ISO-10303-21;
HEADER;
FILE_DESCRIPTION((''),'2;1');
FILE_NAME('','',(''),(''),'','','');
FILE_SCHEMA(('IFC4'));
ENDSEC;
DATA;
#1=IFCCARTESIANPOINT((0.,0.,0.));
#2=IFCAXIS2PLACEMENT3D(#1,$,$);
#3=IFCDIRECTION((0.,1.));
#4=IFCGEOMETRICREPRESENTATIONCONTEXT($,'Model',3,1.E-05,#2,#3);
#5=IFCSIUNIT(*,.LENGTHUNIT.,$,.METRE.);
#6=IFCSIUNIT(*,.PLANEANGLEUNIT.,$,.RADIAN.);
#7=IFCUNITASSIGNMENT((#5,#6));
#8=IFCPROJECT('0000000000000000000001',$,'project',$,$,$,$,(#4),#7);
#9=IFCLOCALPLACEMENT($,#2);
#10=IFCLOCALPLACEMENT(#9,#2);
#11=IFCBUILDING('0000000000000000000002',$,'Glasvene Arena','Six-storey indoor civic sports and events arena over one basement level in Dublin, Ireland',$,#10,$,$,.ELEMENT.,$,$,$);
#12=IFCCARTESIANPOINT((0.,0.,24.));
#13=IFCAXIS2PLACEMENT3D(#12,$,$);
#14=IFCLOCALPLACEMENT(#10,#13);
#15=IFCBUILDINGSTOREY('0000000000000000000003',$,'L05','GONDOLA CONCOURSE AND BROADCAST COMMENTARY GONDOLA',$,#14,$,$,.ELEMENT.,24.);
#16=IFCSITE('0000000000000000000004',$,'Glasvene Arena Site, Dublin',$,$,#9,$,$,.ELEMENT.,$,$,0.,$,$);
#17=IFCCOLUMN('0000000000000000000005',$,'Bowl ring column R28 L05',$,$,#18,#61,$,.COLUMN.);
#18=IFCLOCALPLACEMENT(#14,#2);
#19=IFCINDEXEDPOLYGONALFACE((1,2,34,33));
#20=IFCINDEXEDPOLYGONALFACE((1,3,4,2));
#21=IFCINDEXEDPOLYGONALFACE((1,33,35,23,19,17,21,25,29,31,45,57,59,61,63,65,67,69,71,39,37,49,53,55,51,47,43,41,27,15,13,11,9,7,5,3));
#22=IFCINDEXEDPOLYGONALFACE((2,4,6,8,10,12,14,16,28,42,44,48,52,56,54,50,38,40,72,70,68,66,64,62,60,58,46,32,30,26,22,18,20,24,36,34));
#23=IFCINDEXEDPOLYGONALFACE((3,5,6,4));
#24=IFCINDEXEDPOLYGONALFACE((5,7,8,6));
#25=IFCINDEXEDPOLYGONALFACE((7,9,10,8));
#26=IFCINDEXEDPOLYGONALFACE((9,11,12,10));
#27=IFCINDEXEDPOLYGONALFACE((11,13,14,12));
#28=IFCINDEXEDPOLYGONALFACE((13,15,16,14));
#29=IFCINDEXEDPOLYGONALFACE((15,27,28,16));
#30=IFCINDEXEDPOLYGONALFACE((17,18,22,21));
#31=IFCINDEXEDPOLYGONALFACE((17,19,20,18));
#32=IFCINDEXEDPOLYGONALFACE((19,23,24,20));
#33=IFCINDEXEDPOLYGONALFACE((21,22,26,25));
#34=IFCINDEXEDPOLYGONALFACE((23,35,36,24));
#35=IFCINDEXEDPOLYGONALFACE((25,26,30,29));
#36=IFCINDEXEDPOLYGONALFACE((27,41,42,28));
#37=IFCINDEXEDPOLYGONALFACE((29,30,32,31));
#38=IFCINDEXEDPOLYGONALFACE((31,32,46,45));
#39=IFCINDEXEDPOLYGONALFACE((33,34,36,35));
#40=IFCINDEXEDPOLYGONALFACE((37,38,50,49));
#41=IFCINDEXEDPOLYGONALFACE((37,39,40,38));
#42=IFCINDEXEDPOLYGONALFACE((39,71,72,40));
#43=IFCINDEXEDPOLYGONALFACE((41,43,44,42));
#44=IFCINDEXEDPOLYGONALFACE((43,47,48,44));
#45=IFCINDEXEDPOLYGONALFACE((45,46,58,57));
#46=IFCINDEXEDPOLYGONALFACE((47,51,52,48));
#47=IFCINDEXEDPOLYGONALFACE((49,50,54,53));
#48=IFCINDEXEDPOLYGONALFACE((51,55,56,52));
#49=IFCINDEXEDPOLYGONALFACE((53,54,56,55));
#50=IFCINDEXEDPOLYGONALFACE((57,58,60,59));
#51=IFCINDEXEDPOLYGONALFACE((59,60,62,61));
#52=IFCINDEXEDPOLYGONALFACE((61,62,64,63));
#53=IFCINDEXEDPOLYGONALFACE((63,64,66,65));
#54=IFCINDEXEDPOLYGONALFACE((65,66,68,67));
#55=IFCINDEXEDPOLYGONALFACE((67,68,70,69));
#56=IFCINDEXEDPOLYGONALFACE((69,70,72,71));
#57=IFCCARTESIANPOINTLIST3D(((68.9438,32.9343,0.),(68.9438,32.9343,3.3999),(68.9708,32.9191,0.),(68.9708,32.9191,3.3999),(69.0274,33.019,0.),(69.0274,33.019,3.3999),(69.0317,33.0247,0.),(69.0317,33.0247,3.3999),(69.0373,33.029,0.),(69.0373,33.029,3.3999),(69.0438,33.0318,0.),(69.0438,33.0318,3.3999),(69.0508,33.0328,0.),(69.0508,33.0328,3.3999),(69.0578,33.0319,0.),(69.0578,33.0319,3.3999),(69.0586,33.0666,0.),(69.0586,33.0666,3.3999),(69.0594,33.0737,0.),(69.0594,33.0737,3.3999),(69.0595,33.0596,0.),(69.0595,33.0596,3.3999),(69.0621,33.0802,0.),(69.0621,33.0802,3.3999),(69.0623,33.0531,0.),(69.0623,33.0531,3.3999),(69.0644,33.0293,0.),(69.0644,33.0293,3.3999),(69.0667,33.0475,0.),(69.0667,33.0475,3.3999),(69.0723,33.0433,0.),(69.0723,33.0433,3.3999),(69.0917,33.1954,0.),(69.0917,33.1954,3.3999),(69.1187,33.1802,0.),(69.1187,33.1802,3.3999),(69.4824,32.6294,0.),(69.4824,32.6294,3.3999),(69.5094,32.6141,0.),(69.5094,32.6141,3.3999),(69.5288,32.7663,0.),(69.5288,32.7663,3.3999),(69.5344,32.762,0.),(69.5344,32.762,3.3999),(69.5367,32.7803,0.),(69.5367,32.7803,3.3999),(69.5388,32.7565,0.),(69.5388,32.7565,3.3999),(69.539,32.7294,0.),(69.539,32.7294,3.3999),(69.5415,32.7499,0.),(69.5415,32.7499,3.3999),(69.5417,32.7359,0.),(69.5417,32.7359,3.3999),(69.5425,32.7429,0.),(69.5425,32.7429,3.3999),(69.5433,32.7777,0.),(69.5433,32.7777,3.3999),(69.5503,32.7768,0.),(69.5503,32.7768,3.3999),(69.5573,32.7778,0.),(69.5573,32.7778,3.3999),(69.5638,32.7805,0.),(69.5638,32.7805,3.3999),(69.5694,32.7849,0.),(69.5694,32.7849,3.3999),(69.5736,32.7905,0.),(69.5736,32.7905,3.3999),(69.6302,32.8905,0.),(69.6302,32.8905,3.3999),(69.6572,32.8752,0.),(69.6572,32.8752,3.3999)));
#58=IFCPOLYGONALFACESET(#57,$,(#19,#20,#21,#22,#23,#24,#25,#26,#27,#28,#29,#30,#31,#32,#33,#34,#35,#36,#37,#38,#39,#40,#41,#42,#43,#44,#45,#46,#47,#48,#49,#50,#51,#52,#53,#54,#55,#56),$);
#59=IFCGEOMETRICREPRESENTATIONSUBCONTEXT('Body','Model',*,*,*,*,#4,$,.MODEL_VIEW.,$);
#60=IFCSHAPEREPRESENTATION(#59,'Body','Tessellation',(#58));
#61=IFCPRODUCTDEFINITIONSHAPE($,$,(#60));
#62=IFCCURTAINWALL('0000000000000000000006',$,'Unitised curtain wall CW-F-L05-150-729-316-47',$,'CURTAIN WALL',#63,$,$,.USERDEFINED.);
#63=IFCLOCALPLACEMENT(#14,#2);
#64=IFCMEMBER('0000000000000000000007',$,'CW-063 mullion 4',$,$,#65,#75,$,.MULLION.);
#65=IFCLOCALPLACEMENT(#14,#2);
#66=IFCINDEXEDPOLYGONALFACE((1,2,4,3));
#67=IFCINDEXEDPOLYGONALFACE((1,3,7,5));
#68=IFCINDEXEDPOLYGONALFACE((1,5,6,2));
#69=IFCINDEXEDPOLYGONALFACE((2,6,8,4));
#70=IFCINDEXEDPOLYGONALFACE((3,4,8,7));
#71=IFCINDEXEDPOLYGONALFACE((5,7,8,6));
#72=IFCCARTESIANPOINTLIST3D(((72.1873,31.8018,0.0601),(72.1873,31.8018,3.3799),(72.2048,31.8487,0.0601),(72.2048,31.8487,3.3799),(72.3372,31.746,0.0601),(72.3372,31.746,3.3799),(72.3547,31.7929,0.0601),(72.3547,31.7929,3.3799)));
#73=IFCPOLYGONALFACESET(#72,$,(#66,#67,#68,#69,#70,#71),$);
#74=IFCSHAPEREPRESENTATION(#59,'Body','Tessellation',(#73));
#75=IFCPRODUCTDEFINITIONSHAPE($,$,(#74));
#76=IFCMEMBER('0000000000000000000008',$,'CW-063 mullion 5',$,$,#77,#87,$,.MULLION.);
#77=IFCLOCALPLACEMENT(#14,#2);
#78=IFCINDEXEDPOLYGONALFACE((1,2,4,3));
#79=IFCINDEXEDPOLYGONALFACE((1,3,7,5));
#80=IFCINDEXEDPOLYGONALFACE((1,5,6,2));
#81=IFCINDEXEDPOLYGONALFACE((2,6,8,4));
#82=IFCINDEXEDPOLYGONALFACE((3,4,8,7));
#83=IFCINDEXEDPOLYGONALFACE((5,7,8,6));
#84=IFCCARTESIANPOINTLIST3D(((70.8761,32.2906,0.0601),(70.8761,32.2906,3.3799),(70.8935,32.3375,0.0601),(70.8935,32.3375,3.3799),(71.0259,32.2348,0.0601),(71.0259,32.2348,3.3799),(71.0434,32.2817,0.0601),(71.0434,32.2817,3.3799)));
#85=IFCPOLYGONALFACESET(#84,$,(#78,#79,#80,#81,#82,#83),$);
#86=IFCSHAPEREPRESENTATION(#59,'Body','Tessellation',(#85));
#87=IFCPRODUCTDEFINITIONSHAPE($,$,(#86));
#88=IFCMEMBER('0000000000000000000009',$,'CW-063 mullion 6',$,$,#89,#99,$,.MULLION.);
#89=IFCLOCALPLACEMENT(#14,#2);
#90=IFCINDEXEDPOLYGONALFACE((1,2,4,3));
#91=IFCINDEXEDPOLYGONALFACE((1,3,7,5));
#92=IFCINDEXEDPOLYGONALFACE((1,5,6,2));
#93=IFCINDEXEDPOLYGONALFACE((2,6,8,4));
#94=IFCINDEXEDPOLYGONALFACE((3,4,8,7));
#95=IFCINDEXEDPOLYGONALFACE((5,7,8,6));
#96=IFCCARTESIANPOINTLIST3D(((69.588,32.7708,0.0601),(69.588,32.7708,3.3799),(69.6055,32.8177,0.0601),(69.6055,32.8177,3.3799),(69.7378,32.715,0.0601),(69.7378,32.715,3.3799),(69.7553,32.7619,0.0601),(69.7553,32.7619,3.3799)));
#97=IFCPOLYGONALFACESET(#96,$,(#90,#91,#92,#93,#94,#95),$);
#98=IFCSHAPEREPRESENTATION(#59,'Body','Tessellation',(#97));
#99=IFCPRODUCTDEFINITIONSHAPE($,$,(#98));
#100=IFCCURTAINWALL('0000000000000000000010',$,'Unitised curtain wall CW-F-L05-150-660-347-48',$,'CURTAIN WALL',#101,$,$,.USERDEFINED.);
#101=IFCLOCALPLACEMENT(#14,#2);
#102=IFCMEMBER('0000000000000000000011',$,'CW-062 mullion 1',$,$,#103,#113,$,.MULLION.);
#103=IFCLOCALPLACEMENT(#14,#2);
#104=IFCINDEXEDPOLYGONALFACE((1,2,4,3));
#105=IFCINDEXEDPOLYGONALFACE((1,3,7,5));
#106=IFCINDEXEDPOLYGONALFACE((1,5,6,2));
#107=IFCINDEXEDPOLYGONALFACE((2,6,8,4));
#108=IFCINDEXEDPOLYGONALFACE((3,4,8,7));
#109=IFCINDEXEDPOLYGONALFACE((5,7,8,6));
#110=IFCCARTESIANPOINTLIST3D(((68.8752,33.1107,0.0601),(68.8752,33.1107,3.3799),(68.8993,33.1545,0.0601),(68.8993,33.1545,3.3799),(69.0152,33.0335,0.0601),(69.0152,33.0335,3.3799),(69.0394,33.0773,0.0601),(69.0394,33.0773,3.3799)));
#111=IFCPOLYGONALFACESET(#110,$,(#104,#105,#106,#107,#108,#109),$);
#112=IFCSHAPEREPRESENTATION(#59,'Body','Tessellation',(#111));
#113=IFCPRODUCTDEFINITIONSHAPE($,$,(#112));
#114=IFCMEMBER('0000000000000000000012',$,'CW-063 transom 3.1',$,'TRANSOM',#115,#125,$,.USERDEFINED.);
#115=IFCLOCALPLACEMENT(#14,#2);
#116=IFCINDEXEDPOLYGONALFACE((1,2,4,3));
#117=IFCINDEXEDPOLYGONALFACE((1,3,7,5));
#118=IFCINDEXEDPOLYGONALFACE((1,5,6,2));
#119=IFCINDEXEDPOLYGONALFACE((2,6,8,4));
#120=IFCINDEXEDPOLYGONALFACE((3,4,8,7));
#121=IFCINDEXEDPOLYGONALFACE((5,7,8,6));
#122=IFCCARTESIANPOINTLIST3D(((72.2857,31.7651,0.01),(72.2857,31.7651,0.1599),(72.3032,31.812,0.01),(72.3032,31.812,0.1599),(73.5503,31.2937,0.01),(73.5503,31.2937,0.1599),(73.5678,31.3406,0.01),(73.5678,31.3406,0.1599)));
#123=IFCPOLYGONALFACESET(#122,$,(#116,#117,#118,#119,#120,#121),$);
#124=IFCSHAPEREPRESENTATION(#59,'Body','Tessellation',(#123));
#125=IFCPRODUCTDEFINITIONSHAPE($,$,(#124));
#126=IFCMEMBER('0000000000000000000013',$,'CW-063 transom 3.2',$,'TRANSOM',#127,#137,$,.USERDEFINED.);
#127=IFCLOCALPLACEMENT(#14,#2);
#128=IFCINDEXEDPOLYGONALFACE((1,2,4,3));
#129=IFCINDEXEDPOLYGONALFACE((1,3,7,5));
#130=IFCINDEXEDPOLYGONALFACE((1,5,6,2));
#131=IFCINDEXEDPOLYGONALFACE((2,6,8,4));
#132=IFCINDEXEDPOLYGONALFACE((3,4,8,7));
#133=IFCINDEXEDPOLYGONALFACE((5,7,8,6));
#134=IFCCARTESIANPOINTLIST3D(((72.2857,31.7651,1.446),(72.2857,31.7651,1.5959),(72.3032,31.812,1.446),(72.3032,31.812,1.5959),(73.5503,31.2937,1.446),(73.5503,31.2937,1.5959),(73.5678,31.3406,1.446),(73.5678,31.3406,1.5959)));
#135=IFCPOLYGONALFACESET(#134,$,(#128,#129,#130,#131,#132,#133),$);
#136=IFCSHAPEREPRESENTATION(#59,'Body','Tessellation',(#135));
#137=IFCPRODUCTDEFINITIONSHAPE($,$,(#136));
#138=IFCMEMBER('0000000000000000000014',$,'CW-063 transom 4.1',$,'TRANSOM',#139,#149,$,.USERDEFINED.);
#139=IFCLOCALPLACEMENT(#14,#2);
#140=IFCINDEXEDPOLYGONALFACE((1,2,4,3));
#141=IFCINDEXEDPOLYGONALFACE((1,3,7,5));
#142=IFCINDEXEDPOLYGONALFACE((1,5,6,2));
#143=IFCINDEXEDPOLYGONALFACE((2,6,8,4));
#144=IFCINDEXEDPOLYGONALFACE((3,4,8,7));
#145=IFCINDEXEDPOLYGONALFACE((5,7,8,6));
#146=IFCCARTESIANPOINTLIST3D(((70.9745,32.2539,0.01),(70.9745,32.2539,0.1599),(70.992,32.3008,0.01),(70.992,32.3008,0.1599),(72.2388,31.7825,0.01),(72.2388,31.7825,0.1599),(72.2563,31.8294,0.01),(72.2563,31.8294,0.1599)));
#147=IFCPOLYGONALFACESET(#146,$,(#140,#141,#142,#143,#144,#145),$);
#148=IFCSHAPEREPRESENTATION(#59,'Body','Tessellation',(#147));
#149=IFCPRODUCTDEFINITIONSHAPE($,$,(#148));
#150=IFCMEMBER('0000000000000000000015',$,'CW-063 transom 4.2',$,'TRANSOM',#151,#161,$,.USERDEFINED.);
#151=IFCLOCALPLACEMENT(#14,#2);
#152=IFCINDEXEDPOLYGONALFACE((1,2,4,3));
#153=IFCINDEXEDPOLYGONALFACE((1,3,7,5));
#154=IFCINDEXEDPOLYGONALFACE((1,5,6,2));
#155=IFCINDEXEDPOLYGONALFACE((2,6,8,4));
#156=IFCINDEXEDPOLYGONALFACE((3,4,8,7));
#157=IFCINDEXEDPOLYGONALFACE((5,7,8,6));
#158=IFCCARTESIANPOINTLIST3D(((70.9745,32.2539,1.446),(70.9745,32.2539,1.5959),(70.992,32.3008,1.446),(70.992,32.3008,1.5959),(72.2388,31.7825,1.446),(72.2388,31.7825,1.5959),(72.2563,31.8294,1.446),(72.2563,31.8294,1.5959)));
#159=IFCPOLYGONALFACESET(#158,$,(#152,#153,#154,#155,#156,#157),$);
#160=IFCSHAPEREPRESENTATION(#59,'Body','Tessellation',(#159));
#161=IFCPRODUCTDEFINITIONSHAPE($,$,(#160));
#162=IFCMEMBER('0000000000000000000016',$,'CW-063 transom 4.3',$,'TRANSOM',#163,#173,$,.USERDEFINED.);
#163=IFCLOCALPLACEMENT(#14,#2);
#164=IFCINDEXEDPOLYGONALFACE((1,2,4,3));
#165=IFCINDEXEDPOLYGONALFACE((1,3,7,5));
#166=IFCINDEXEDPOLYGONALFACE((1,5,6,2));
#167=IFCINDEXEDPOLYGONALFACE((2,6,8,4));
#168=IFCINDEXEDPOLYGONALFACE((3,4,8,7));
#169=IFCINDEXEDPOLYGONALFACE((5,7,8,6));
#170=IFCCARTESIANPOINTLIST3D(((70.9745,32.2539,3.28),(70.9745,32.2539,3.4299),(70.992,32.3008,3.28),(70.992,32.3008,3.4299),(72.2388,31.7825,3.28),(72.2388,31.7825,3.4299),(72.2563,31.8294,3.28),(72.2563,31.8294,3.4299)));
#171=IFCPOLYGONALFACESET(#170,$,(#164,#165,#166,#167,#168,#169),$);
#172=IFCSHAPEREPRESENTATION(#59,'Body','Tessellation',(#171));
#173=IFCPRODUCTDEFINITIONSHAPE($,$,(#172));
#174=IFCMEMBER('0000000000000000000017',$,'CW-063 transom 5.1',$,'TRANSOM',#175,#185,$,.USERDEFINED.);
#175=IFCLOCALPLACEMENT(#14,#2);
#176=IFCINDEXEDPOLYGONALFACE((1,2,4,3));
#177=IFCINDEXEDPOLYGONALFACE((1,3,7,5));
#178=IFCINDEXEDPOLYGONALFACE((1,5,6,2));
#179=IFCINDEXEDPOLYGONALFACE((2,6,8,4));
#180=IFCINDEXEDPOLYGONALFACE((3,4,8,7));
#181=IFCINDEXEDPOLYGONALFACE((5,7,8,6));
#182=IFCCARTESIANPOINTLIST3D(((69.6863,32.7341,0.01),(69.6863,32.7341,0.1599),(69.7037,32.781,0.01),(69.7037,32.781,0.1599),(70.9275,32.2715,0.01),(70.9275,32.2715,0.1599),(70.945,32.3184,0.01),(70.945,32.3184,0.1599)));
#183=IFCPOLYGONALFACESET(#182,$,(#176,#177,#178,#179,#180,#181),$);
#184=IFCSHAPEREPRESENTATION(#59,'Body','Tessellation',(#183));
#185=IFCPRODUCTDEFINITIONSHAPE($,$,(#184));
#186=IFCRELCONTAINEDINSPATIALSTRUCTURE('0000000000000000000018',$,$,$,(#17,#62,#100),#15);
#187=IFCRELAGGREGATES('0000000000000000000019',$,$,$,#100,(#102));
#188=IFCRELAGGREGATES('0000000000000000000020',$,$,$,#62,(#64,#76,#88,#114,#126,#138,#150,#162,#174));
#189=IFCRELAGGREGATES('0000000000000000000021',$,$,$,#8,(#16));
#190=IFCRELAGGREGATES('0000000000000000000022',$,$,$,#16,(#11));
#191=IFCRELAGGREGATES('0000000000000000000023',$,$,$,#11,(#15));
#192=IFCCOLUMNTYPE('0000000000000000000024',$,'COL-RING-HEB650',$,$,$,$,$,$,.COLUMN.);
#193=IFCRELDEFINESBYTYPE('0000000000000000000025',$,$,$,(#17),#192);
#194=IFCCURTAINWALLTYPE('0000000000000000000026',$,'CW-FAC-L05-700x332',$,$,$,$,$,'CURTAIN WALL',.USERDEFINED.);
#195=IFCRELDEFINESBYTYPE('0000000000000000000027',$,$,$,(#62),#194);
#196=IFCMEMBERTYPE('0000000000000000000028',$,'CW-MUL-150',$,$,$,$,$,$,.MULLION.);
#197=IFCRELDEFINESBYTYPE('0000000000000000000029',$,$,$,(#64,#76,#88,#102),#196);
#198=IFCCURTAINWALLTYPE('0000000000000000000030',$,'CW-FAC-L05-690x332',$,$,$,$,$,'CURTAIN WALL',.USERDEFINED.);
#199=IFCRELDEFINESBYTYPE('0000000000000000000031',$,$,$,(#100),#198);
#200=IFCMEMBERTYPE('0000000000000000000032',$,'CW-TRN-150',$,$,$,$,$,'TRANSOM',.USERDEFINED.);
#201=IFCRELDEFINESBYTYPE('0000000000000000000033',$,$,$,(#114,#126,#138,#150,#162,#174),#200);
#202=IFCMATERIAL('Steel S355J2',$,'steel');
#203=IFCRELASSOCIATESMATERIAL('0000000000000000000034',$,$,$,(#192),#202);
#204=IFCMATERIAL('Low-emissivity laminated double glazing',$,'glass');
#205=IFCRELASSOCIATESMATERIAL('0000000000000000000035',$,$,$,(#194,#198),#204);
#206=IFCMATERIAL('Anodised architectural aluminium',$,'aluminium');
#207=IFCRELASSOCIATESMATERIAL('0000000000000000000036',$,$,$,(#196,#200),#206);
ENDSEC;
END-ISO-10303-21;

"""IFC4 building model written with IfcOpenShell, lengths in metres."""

from ifc_helpers import new_model, si_unit, direction, frame, origin, origin_2d, place, context, subcontext, project, spatial, rectangle, i_section, extrude, material, material_profile, profile_set, type_object, element, aggregate, save


model = new_model("IFC4")

# Units and contexts
model_context = context("Model", 3, precision=1e-05, world=origin(), true_north=direction((0.0, 1.0)))
body_context = subcontext(model_context, "Body", "Model", "MODEL_VIEW")
ifc_project = project(units=[si_unit("LENGTHUNIT", "METRE"), si_unit("PLANEANGLEUNIT", "RADIAN")], contexts=[model_context])

# Site, building, storey
site_placement = place(None, origin())
site = spatial("IfcSite", under=ifc_project, at=site_placement, Name="Glasvene Arena Site, Dublin", CompositionType="ELEMENT", RefElevation=0.0)
building_placement = place(site_placement, origin())
building = spatial("IfcBuilding", under=site, at=building_placement, Name="Glasvene Arena", Description="Six-storey indoor civic sports and events arena over one basement level in Dublin, Ireland", CompositionType="ELEMENT")
storey_placement = place(building_placement, frame((0.0, 0.0, 24.0)))
storey = spatial("IfcBuildingStorey", under=building, at=storey_placement, Name="L05", Description="GONDOLA CONCOURSE AND BROADCAST COMMENTARY GONDOLA", CompositionType="ELEMENT", Elevation=24.0)

# Column
ifc_material_1 = material(Name="Steel S355J2", Category="steel")
ifc_material_profile_1 = material_profile(ifc_material_1, i_section(OverallWidth=0.3, OverallDepth=0.6499, WebThickness=0.0161, FlangeThickness=0.031, FilletRadius=0.0271, at=origin_2d()), Name="HEB 650")
ifc_profile_set_1 = profile_set([ifc_material_profile_1], Name="Steel S355J2")
column_type = type_object("IfcColumnType", Name="COL-RING-HEB650", PredefinedType="COLUMN", material=ifc_profile_set_1)
column_placement = place(storey_placement, frame((69.3005, 32.9048, 0.0), z_axis=(0.0, 0.0, 1.0), x_axis=(-0.492727, -0.870184, 0.0)))
element("IfcColumn", 1, at=column_placement, inside=storey, type_object=column_type, Name="Bowl ring column R28 L05", PredefinedType="COLUMN", context=body_context, shape_type="SweptSolid", body=[
    extrude(i_section(OverallWidth=0.3, OverallDepth=0.6499, WebThickness=0.0161, FlangeThickness=0.031, FilletRadius=0.0271, at=origin_2d()), origin(), (0.0, 0.0, 1.0), 3.3999),
])

# Curtain wall, members
ifc_material_2 = material(Name="Low-emissivity laminated double glazing", Category="glass")
curtain_wall_type_1 = type_object("IfcCurtainWallType", Name="CW-FAC-L05-700x332", ElementType="CURTAIN WALL", PredefinedType="USERDEFINED", material=ifc_material_2)
curtain_wall_1_placement = place(storey_placement, frame((76.2053, 30.3308, 0.0)))
curtain_wall_1 = element("IfcCurtainWall", 2, at=curtain_wall_1_placement, inside=storey, type_object=curtain_wall_type_1, Name="Unitised curtain wall CW-F-L05-150-729-316-47", ObjectType="CURTAIN WALL", PredefinedType="USERDEFINED")
ifc_material_3 = material(Name="Anodised architectural aluminium", Category="aluminium")
ifc_material_profile_2 = material_profile(ifc_material_3, rectangle(XDim=0.05, YDim=0.1599, at=origin_2d()), Name="ALU MULLION 50x160")
ifc_profile_set_2 = profile_set([ifc_material_profile_2], Name="Anodised architectural aluminium")
member_type_1 = type_object("IfcMemberType", Name="CW-MUL-150", PredefinedType="MULLION", material=ifc_profile_set_2)
member_1_placement = place(storey_placement, frame((72.271, 31.7974, 0.0601), z_axis=(0.0, 0.0, 1.0), x_axis=(-0.349297, -0.937012, 0.0)))
member_1 = element("IfcMember", 3, at=member_1_placement, type_object=member_type_1, Name="CW-063 mullion 4", PredefinedType="MULLION", context=body_context, shape_type="SweptSolid", body=[
    extrude(rectangle(XDim=0.05, YDim=0.1599, at=origin_2d()), origin(), (0.0, 0.0, 1.0), 3.3198),
])
member_2_placement = place(storey_placement, frame((70.9597, 32.2861, 0.0601), z_axis=(0.0, 0.0, 1.0), x_axis=(-0.349297, -0.937012, 0.0)))
member_2 = element("IfcMember", 4, at=member_2_placement, type_object=member_type_1, Name="CW-063 mullion 5", PredefinedType="MULLION", context=body_context, shape_type="SweptSolid", body=[
    extrude(rectangle(XDim=0.05, YDim=0.1599, at=origin_2d()), origin(), (0.0, 0.0, 1.0), 3.3198),
])
member_3_placement = place(storey_placement, frame((69.6716, 32.7664, 0.0601), z_axis=(0.0, 0.0, 1.0), x_axis=(-0.349297, -0.937012, 0.0)))
member_3 = element("IfcMember", 5, at=member_3_placement, type_object=member_type_1, Name="CW-063 mullion 6", PredefinedType="MULLION", context=body_context, shape_type="SweptSolid", body=[
    extrude(rectangle(XDim=0.05, YDim=0.1599, at=origin_2d()), origin(), (0.0, 0.0, 1.0), 3.3198),
])

# Curtain wall, member
curtain_wall_type_2 = type_object("IfcCurtainWallType", Name="CW-FAC-L05-690x332", ElementType="CURTAIN WALL", PredefinedType="USERDEFINED", material=ifc_material_2)
curtain_wall_2_placement = place(storey_placement, frame((68.979, 33.0818, 0.0)))
curtain_wall_2 = element("IfcCurtainWall", 6, at=curtain_wall_2_placement, inside=storey, type_object=curtain_wall_type_2, Name="Unitised curtain wall CW-F-L05-150-660-347-48", ObjectType="CURTAIN WALL", PredefinedType="USERDEFINED")
member_4_placement = place(storey_placement, frame((68.9573, 33.094, 0.0601), z_axis=(0.0, 0.0, 1.0), x_axis=(-0.482939, -0.875654, 0.0)))
member_4 = element("IfcMember", 7, at=member_4_placement, type_object=member_type_1, Name="CW-062 mullion 1", PredefinedType="MULLION", context=body_context, shape_type="SweptSolid", body=[
    extrude(rectangle(XDim=0.05, YDim=0.1599, at=origin_2d()), origin(), (0.0, 0.0, 1.0), 3.3198),
])

# Members
ifc_material_profile_3 = material_profile(ifc_material_3, rectangle(XDim=0.05, YDim=0.1499, at=origin_2d()), Name="ALU TRANSOM 50x150")
ifc_profile_set_3 = profile_set([ifc_material_profile_3], Name="Anodised architectural aluminium")
member_type_2 = type_object("IfcMemberType", Name="CW-TRN-150", ElementType="TRANSOM", PredefinedType="USERDEFINED", material=ifc_profile_set_3)
member_5_placement = place(storey_placement, frame((73.5591, 31.3171, 0.085), z_axis=(-0.937011, 0.349299, 0.0), x_axis=(-0.349299, -0.937011, 0.0)))
member_5 = element("IfcMember", 8, at=member_5_placement, type_object=member_type_2, Name="CW-063 transom 3.1", ObjectType="TRANSOM", PredefinedType="USERDEFINED", context=body_context, shape_type="SweptSolid", body=[
    extrude(rectangle(XDim=0.05, YDim=0.1499, at=origin_2d()), origin(), (0.0, 0.0, 1.0), 1.3496),
])
member_6_placement = place(storey_placement, frame((73.5591, 31.3171, 1.521), z_axis=(-0.937011, 0.349299, 0.0), x_axis=(-0.349299, -0.937011, 0.0)))
member_6 = element("IfcMember", 9, at=member_6_placement, type_object=member_type_2, Name="CW-063 transom 3.2", ObjectType="TRANSOM", PredefinedType="USERDEFINED", context=body_context, shape_type="SweptSolid", body=[
    extrude(rectangle(XDim=0.05, YDim=0.1499, at=origin_2d()), origin(), (0.0, 0.0, 1.0), 1.3496),
])
member_7_placement = place(storey_placement, frame((72.2476, 31.8059, 0.085), z_axis=(-0.936989, 0.349358, 0.0), x_axis=(-0.349358, -0.936989, 0.0)))
member_7 = element("IfcMember", 10, at=member_7_placement, type_object=member_type_2, Name="CW-063 transom 4.1", ObjectType="TRANSOM", PredefinedType="USERDEFINED", context=body_context, shape_type="SweptSolid", body=[
    extrude(rectangle(XDim=0.05, YDim=0.1499, at=origin_2d()), origin(), (0.0, 0.0, 1.0), 1.3494),
])
member_8_placement = place(storey_placement, frame((72.2476, 31.8059, 1.521), z_axis=(-0.936989, 0.349358, 0.0), x_axis=(-0.349358, -0.936989, 0.0)))
member_8 = element("IfcMember", 11, at=member_8_placement, type_object=member_type_2, Name="CW-063 transom 4.2", ObjectType="TRANSOM", PredefinedType="USERDEFINED", context=body_context, shape_type="SweptSolid", body=[
    extrude(rectangle(XDim=0.05, YDim=0.1499, at=origin_2d()), origin(), (0.0, 0.0, 1.0), 1.3494),
])
member_9_placement = place(storey_placement, frame((72.2476, 31.8059, 3.355), z_axis=(-0.936989, 0.349358, 0.0), x_axis=(-0.349358, -0.936989, 0.0)))
member_9 = element("IfcMember", 12, at=member_9_placement, type_object=member_type_2, Name="CW-063 transom 4.3", ObjectType="TRANSOM", PredefinedType="USERDEFINED", context=body_context, shape_type="SweptSolid", body=[
    extrude(rectangle(XDim=0.05, YDim=0.1499, at=origin_2d()), origin(), (0.0, 0.0, 1.0), 1.3494),
])
member_10_placement = place(storey_placement, frame((70.9363, 32.2949, 0.085), z_axis=(-0.937024, 0.349265, 0.0), x_axis=(-0.349265, -0.937024, 0.0)))
member_10 = element("IfcMember", 13, at=member_10_placement, type_object=member_type_2, Name="CW-063 transom 5.1", ObjectType="TRANSOM", PredefinedType="USERDEFINED", context=body_context, shape_type="SweptSolid", body=[
    extrude(rectangle(XDim=0.05, YDim=0.1499, at=origin_2d()), origin(), (0.0, 0.0, 1.0), 1.3247),
])
aggregate(curtain_wall_2, [member_4])

aggregate(curtain_wall_1, [member_1, member_2, member_3, member_5, member_6, member_7, member_8, member_9, member_10])

save(model, "model.ifc")
